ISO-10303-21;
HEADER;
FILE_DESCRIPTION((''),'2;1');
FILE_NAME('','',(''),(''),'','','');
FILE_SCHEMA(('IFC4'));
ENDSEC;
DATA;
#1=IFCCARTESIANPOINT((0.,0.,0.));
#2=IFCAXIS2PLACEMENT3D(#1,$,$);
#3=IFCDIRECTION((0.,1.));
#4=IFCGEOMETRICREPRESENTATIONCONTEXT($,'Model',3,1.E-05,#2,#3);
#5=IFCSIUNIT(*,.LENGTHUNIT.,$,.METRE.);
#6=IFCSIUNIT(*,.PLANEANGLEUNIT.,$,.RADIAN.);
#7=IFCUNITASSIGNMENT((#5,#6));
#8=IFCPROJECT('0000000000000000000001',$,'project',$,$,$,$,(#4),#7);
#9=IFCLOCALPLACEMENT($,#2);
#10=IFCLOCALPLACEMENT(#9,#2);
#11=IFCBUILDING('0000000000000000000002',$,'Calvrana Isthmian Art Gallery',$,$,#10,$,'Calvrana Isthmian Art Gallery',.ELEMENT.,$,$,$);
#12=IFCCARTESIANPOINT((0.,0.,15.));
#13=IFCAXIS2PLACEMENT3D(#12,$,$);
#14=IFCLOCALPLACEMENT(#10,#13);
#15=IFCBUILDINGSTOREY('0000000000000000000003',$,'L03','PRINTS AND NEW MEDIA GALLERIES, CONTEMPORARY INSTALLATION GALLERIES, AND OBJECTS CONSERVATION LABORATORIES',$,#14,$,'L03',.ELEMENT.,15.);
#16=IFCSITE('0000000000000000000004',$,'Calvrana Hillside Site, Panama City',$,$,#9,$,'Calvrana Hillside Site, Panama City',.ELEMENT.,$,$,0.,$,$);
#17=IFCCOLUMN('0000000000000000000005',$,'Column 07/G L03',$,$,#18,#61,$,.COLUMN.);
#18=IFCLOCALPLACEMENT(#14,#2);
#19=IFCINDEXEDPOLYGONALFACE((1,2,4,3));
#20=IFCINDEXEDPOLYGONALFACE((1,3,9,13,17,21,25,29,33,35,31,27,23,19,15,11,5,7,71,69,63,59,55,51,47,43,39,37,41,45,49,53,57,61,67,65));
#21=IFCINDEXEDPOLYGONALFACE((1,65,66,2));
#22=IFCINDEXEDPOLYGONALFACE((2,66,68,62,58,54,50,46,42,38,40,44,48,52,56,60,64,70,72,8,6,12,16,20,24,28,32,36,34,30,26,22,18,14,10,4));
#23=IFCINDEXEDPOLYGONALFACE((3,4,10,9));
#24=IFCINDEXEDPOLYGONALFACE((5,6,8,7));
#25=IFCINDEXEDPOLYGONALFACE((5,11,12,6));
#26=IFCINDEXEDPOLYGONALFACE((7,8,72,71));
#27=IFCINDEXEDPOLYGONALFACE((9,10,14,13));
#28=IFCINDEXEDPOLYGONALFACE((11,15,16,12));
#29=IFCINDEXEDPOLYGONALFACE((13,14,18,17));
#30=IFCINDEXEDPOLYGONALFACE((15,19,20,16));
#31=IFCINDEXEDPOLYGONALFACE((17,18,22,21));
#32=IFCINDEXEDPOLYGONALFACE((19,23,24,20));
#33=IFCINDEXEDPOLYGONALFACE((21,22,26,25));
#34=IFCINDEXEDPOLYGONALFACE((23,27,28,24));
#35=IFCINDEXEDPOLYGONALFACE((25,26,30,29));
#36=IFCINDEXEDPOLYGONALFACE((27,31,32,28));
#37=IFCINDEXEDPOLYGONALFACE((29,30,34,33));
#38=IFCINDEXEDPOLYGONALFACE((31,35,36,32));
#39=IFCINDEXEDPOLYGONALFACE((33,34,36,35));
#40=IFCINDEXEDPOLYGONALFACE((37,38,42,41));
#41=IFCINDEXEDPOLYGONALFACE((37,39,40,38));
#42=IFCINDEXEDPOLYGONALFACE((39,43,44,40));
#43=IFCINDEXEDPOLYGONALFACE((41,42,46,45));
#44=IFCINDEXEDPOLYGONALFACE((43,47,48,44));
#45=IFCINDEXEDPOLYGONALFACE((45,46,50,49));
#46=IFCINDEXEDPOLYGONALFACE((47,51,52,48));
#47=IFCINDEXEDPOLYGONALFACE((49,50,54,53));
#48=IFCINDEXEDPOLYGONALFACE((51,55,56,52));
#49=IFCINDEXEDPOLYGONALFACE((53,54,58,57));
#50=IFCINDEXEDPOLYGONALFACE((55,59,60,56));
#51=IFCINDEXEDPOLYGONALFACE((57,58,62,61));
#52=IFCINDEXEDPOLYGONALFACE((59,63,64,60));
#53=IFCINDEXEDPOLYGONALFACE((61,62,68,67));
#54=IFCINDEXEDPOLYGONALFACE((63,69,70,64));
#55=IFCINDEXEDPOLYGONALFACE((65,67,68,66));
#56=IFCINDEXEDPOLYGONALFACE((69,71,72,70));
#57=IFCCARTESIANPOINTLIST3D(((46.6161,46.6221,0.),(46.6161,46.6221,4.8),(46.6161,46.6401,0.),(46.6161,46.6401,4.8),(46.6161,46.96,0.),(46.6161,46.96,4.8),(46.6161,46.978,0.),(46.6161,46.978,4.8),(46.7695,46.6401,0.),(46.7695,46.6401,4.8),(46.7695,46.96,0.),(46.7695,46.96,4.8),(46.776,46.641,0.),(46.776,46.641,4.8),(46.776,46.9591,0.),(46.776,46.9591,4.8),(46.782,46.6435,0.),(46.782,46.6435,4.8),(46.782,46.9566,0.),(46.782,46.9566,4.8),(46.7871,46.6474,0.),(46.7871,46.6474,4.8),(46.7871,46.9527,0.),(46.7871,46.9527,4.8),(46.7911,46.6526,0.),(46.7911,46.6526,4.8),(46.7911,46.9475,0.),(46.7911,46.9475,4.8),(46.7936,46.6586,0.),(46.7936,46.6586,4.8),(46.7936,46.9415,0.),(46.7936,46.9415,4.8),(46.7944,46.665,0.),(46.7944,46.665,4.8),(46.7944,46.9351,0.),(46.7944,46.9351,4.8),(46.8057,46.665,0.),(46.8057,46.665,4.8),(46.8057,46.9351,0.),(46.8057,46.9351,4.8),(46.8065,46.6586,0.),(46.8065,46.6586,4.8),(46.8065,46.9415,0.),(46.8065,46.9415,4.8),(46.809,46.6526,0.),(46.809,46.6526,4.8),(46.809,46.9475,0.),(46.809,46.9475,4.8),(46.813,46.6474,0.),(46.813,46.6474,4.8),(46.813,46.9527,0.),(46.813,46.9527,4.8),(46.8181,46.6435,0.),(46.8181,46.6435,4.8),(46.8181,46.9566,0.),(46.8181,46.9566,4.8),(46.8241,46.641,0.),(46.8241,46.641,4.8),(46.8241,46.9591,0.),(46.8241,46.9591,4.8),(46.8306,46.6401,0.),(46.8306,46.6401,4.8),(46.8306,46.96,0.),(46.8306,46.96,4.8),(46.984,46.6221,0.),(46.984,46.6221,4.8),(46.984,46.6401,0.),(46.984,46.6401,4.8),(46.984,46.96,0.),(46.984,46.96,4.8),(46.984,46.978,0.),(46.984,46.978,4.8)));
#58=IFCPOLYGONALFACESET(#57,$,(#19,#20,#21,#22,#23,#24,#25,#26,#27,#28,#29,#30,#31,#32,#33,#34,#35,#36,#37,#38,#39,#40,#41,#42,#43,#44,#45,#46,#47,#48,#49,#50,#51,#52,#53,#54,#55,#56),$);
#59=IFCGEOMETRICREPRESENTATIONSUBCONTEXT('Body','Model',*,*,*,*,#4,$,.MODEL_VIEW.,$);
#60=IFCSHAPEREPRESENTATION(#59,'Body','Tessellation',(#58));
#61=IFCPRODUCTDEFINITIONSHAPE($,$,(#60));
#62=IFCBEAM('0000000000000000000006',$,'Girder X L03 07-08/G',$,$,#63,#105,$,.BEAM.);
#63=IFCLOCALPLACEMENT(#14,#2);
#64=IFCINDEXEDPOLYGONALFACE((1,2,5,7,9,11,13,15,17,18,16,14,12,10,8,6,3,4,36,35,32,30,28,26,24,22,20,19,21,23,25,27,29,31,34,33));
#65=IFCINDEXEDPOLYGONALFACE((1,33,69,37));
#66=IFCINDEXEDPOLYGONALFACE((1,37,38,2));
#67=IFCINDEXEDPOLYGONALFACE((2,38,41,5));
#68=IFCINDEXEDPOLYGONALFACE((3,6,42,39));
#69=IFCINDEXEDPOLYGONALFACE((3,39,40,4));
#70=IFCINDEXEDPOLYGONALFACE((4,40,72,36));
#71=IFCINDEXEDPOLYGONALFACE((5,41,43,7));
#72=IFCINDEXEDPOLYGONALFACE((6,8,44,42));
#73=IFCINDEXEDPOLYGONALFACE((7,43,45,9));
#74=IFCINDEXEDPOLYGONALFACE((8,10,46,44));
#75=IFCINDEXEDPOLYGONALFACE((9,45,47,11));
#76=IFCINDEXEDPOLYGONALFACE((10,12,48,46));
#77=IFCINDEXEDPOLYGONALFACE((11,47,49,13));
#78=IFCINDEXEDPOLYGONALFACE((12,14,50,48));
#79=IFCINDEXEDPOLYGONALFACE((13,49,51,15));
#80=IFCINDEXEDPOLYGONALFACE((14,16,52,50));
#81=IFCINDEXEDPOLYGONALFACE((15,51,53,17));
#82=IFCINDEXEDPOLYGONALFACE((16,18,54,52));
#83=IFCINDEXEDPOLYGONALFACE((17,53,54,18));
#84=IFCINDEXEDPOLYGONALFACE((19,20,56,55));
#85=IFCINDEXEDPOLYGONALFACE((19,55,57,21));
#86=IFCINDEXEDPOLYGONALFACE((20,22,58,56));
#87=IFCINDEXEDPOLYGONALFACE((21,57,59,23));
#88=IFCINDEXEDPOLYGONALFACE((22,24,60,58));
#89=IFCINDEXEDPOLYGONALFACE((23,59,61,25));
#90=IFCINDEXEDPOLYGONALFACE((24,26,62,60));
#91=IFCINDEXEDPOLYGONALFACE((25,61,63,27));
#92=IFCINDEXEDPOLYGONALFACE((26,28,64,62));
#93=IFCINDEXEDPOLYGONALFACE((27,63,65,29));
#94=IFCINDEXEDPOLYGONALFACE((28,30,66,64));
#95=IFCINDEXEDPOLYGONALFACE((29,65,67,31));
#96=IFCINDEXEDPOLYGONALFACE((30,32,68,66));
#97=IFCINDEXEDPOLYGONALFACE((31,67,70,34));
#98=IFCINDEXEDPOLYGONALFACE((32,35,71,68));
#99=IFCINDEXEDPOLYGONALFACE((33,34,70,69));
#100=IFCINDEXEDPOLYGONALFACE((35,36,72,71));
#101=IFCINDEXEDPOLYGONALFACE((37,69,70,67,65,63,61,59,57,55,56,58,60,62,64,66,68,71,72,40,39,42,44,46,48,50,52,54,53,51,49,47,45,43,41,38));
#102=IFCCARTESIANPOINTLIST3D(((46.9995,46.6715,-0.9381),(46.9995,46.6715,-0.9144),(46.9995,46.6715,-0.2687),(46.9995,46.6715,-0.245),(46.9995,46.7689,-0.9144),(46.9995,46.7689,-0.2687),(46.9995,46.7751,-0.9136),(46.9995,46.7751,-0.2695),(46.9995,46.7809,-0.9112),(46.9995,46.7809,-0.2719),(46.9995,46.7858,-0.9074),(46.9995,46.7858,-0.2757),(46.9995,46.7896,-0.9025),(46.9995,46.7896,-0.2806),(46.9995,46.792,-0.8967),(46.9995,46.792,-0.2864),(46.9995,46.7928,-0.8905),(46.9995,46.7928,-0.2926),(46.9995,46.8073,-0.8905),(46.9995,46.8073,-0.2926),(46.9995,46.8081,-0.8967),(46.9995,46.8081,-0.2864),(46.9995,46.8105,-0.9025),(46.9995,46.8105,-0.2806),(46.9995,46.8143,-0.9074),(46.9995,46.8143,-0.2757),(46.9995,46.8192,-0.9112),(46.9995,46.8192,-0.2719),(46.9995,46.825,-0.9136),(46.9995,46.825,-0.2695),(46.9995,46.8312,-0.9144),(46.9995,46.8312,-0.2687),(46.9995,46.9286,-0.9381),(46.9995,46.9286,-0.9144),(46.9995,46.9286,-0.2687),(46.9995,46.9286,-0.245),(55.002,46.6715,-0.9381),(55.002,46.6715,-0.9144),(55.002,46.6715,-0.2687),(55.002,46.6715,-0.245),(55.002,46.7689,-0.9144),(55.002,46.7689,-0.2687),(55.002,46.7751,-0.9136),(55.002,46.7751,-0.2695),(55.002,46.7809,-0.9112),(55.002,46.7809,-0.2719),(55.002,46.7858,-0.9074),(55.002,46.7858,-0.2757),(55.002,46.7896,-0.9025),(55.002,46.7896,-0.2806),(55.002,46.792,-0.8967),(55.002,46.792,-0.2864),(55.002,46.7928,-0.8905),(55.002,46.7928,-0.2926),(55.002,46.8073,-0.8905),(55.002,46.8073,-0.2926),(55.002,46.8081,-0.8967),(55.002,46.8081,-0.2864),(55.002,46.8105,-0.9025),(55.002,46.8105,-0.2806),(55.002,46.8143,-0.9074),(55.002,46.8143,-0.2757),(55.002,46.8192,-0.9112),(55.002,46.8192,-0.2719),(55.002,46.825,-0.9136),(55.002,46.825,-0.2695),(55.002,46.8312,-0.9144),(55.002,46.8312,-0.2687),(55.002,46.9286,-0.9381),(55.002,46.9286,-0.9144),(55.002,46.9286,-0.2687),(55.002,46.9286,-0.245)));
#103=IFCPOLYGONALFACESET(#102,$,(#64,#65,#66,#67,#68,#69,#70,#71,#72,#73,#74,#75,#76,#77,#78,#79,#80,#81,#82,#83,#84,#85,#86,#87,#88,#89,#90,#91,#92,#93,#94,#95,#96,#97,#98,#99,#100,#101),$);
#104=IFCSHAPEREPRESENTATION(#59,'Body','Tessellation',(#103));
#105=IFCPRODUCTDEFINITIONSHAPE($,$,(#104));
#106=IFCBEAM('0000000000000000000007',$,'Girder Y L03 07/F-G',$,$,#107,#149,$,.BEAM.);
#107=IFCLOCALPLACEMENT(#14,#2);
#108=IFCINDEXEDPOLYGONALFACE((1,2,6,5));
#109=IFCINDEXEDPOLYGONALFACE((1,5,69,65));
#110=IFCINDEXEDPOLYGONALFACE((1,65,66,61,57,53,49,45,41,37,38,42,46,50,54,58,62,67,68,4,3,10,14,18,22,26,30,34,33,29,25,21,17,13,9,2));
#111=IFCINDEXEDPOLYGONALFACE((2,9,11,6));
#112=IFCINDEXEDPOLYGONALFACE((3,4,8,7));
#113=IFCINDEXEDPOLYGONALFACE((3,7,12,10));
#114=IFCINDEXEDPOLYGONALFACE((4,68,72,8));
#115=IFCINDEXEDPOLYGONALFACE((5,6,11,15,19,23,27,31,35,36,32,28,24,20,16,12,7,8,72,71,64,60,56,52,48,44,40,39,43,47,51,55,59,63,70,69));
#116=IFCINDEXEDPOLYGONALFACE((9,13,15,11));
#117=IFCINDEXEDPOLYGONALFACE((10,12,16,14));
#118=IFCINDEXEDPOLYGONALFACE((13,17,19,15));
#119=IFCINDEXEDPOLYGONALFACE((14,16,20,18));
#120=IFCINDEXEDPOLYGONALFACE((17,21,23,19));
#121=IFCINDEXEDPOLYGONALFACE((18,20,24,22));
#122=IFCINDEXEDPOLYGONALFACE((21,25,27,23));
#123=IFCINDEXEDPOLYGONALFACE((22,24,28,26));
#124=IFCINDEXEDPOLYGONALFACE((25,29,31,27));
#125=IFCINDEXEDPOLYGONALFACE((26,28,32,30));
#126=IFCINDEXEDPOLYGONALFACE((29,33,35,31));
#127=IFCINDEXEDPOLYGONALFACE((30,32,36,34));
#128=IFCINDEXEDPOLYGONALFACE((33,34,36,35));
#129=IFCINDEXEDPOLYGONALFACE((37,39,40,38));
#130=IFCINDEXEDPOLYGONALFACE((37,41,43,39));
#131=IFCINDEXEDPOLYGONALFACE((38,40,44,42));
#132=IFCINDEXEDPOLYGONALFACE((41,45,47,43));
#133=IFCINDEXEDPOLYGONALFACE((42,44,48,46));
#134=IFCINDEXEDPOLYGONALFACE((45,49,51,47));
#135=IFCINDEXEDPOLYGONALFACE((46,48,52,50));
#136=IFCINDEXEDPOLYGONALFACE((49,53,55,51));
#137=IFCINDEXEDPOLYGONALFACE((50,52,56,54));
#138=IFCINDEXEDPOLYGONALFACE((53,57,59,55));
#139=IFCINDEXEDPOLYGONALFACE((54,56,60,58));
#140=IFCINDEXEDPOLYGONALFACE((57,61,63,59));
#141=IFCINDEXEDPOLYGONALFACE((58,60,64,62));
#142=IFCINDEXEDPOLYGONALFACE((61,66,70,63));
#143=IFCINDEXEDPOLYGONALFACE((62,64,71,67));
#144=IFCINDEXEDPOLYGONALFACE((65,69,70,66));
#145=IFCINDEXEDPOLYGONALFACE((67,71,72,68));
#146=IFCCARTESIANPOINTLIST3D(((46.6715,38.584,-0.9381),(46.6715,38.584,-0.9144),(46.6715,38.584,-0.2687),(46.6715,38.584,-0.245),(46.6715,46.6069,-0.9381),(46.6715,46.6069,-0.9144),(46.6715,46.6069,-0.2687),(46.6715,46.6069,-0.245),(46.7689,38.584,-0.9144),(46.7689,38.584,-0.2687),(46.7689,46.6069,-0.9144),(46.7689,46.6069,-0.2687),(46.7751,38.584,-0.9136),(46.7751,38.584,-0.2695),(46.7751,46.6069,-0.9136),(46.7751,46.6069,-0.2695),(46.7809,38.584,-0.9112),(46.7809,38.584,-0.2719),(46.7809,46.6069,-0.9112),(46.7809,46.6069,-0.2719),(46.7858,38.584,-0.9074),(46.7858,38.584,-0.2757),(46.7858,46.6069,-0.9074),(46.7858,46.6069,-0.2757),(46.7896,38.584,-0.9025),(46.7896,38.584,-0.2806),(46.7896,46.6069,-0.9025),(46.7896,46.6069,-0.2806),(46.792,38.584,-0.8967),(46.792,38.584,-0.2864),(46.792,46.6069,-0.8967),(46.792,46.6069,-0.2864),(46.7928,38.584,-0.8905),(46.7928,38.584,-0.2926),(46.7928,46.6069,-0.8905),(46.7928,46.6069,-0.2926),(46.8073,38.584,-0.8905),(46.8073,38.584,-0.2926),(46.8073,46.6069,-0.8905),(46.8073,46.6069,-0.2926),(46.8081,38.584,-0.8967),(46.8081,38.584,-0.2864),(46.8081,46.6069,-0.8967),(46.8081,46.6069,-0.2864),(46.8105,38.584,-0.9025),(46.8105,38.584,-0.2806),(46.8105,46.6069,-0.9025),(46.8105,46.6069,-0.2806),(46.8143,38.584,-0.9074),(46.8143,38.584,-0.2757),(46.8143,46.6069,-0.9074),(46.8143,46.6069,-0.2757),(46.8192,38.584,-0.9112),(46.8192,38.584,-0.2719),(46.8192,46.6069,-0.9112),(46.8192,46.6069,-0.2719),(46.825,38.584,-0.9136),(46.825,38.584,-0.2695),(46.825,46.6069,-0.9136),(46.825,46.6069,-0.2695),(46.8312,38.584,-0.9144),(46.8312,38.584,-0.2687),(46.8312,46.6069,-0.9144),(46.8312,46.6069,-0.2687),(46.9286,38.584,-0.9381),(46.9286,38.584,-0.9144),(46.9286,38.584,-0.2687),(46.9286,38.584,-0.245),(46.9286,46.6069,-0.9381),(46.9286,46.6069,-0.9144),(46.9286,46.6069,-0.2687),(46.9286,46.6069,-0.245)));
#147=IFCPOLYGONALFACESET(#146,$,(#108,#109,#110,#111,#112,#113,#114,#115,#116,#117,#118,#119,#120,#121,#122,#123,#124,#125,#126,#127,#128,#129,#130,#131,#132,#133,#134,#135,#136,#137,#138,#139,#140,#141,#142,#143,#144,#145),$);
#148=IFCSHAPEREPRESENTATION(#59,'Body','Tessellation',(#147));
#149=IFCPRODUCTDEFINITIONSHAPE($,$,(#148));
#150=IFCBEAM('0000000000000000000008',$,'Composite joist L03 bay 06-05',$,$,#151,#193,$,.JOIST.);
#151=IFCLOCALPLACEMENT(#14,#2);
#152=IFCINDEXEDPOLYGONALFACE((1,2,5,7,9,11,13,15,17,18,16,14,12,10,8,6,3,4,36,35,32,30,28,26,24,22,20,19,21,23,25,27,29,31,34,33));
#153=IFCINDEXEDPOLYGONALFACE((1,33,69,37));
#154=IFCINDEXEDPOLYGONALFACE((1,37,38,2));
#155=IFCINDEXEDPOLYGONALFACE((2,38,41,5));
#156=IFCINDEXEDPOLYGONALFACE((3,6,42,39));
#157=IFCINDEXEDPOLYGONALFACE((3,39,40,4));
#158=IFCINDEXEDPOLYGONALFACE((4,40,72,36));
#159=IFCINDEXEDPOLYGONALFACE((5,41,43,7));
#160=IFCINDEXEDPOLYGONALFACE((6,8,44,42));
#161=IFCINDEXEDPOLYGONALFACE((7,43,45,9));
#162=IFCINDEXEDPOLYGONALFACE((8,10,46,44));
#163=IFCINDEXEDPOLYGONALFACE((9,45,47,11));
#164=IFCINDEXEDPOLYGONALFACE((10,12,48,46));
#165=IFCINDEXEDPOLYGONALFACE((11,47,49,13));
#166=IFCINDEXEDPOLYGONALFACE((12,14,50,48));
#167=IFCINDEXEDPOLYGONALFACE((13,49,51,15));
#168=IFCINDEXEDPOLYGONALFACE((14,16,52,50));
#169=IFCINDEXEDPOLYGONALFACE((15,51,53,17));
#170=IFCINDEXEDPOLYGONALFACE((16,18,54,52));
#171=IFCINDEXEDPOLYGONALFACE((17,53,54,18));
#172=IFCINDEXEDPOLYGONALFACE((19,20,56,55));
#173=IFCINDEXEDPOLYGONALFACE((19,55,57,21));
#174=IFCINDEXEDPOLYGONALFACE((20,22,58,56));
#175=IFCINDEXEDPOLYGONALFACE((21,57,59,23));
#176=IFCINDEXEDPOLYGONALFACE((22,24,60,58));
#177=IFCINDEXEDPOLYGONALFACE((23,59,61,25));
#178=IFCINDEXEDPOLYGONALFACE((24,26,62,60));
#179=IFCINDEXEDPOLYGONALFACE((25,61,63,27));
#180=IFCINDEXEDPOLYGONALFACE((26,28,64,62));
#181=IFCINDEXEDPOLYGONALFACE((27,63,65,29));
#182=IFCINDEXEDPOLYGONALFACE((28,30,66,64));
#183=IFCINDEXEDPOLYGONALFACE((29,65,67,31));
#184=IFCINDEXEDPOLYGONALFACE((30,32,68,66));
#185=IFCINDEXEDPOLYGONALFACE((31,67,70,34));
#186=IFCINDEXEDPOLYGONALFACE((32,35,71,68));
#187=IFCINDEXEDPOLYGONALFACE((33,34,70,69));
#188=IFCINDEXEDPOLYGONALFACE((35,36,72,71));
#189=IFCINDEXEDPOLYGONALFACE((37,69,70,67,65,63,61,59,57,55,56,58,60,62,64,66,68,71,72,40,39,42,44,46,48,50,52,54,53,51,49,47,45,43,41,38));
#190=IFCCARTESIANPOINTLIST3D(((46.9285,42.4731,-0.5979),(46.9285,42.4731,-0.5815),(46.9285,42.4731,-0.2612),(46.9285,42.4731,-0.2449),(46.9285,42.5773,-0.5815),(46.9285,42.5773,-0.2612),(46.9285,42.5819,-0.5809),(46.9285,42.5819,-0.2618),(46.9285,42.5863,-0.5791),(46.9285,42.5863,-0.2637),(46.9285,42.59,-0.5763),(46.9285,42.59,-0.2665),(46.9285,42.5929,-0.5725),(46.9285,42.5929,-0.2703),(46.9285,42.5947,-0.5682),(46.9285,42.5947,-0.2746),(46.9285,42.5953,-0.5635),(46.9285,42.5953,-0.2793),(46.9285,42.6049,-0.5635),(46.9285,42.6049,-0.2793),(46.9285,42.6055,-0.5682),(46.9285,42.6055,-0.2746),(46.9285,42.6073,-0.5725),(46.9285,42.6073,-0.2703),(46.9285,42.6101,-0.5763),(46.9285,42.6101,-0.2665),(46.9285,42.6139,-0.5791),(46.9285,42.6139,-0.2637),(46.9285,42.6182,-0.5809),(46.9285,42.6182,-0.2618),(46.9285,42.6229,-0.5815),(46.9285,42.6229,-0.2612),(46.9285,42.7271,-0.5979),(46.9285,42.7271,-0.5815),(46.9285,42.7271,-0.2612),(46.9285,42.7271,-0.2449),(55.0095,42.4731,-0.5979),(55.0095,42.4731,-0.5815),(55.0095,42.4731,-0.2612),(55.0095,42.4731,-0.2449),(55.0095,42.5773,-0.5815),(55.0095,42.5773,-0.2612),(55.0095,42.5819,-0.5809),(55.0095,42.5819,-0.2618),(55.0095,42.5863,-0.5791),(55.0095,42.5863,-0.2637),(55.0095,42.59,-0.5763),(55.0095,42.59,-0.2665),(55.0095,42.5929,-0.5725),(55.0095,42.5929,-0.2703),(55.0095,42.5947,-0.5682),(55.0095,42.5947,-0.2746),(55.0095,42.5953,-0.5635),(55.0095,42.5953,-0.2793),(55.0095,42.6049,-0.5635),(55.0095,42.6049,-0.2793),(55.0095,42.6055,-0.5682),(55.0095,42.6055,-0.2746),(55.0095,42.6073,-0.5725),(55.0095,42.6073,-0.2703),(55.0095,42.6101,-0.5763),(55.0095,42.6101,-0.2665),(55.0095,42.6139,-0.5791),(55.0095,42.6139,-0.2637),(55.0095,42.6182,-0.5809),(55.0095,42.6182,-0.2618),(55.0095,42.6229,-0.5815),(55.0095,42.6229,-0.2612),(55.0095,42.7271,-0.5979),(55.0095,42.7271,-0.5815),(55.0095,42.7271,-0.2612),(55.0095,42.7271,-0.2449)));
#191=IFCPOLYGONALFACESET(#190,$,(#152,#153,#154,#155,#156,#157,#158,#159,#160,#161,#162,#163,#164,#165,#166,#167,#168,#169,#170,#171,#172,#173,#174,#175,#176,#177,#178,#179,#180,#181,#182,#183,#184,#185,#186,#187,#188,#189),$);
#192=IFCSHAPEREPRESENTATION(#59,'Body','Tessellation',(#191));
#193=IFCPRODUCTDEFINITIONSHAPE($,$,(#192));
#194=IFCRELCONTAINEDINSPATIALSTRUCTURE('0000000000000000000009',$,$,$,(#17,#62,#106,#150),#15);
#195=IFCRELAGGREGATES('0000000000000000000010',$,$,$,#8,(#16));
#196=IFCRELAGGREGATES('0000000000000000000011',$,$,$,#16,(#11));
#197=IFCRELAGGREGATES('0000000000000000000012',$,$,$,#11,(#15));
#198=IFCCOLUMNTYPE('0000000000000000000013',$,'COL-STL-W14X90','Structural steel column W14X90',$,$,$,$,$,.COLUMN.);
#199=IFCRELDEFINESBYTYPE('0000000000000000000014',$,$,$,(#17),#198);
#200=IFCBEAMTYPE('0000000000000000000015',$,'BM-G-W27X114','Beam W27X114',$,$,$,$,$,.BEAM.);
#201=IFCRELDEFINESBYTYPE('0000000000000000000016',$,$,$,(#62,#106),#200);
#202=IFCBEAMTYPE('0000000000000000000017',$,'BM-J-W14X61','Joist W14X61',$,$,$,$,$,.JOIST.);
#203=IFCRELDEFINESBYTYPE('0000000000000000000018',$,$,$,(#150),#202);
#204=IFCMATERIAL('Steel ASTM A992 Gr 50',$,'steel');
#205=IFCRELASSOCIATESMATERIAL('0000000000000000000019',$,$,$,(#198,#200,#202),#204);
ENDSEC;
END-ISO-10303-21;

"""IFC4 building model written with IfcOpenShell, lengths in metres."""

from ifc_helpers import new_model, si_unit, direction, frame, origin, origin_2d, place, context, subcontext, project, spatial, i_section, extrude, material, material_profile, profile_set, type_object, element, save


model = new_model("IFC4")

# Units and contexts
model_context = context("Model", 3, precision=1e-05, world=origin(), true_north=direction((0.0, 1.0)))
body_context = subcontext(model_context, "Body", "Model", "MODEL_VIEW")
ifc_project = project(units=[si_unit("LENGTHUNIT", "METRE"), si_unit("PLANEANGLEUNIT", "RADIAN")], contexts=[model_context])

# Site, building, storey
site_placement = place(None, origin())
site = spatial("IfcSite", under=ifc_project, at=site_placement, Name="Calvrana Hillside Site, Panama City", LongName="Calvrana Hillside Site, Panama City", CompositionType="ELEMENT", RefElevation=0.0)
building_placement = place(site_placement, origin())
building = spatial("IfcBuilding", under=site, at=building_placement, Name="Calvrana Isthmian Art Gallery", LongName="Calvrana Isthmian Art Gallery", CompositionType="ELEMENT")
storey_placement = place(building_placement, frame((0.0, 0.0, 15.0)))
storey = spatial("IfcBuildingStorey", under=building, at=storey_placement, Name="L03", Description="PRINTS AND NEW MEDIA GALLERIES, CONTEMPORARY INSTALLATION GALLERIES, AND OBJECTS CONSERVATION LABORATORIES", LongName="L03", CompositionType="ELEMENT", Elevation=15.0)

# Column
ifc_material_1 = material(Name="Steel ASTM A992 Gr 50", Category="steel")
ifc_material_profile_1 = material_profile(ifc_material_1, i_section(OverallWidth=0.3679, OverallDepth=0.356, WebThickness=0.0112, FlangeThickness=0.0181, FilletRadius=0.0249, at=origin_2d()), Name="W14X90")
ifc_profile_set_1 = profile_set([ifc_material_profile_1], Name="Steel ASTM A992 Gr 50")
column_type = type_object("IfcColumnType", Name="COL-STL-W14X90", Description="Structural steel column W14X90", PredefinedType="COLUMN", material=ifc_profile_set_1)
column_placement = place(storey_placement, frame((46.8, 46.8, 0.0), z_axis=(0.0, 0.0, 1.0), x_axis=(1.0, 0.0, 0.0)))
element("IfcColumn", 1, at=column_placement, inside=storey, type_object=column_type, Name="Column 07/G L03", PredefinedType="COLUMN", context=body_context, shape_type="SweptSolid", body=[
    extrude(i_section(OverallWidth=0.3679, OverallDepth=0.356, WebThickness=0.0112, FlangeThickness=0.0181, FilletRadius=0.0249, at=origin_2d()), origin(), (0.0, 0.0, 1.0), 4.8),
])

# Beams
ifc_material_profile_2 = material_profile(ifc_material_1, i_section(OverallWidth=0.2571, OverallDepth=0.6931, WebThickness=0.0144, FlangeThickness=0.0237, FilletRadius=0.0239, at=origin_2d()), Name="W27X114")
ifc_profile_set_2 = profile_set([ifc_material_profile_2], Name="Steel ASTM A992 Gr 50")
beam_type_1 = type_object("IfcBeamType", Name="BM-G-W27X114", Description="Beam W27X114", PredefinedType="BEAM", material=ifc_profile_set_2)
beam_1_placement = place(storey_placement, frame((46.9995, 46.8, -0.5916), z_axis=(1.0, 0.0, 0.0), x_axis=(0.0, 1.0, 0.0)))
element("IfcBeam", 2, at=beam_1_placement, inside=storey, type_object=beam_type_1, Name="Girder X L03 07-08/G", PredefinedType="BEAM", context=body_context, shape_type="SweptSolid", body=[
    extrude(i_section(OverallWidth=0.2571, OverallDepth=0.6931, WebThickness=0.0144, FlangeThickness=0.0237, FilletRadius=0.0239, at=origin_2d()), origin(), (0.0, 0.0, 1.0), 8.0024),
])
beam_2_placement = place(storey_placement, frame((46.8, 38.584, -0.5916), z_axis=(0.0, 1.0, 0.0), x_axis=(-1.0, 0.0, 0.0)))
element("IfcBeam", 3, at=beam_2_placement, inside=storey, type_object=beam_type_1, Name="Girder Y L03 07/F-G", PredefinedType="BEAM", context=body_context, shape_type="SweptSolid", body=[
    extrude(i_section(OverallWidth=0.2571, OverallDepth=0.6931, WebThickness=0.0144, FlangeThickness=0.0237, FilletRadius=0.0239, at=origin_2d()), origin(), (0.0, 0.0, 1.0), 8.0229),
])
ifc_material_profile_3 = material_profile(ifc_material_1, i_section(OverallWidth=0.2539, OverallDepth=0.353, WebThickness=0.0095, FlangeThickness=0.0164, FilletRadius=0.0181, at=origin_2d()), Name="W14X61")
ifc_profile_set_3 = profile_set([ifc_material_profile_3], Name="Steel ASTM A992 Gr 50")
beam_type_2 = type_object("IfcBeamType", Name="BM-J-W14X61", Description="Joist W14X61", PredefinedType="JOIST", material=ifc_profile_set_3)
beam_3_placement = place(storey_placement, frame((46.9285, 42.6001, -0.4214), z_axis=(1.0, 0.0, 0.0), x_axis=(0.0, 1.0, 0.0)))
element("IfcBeam", 4, at=beam_3_placement, inside=storey, type_object=beam_type_2, Name="Composite joist L03 bay 06-05", PredefinedType="JOIST", context=body_context, shape_type="SweptSolid", body=[
    extrude(i_section(OverallWidth=0.2539, OverallDepth=0.353, WebThickness=0.0095, FlangeThickness=0.0164, FilletRadius=0.0181, at=origin_2d()), origin(), (0.0, 0.0, 1.0), 8.0811),
])

save(model, "model.ifc")
